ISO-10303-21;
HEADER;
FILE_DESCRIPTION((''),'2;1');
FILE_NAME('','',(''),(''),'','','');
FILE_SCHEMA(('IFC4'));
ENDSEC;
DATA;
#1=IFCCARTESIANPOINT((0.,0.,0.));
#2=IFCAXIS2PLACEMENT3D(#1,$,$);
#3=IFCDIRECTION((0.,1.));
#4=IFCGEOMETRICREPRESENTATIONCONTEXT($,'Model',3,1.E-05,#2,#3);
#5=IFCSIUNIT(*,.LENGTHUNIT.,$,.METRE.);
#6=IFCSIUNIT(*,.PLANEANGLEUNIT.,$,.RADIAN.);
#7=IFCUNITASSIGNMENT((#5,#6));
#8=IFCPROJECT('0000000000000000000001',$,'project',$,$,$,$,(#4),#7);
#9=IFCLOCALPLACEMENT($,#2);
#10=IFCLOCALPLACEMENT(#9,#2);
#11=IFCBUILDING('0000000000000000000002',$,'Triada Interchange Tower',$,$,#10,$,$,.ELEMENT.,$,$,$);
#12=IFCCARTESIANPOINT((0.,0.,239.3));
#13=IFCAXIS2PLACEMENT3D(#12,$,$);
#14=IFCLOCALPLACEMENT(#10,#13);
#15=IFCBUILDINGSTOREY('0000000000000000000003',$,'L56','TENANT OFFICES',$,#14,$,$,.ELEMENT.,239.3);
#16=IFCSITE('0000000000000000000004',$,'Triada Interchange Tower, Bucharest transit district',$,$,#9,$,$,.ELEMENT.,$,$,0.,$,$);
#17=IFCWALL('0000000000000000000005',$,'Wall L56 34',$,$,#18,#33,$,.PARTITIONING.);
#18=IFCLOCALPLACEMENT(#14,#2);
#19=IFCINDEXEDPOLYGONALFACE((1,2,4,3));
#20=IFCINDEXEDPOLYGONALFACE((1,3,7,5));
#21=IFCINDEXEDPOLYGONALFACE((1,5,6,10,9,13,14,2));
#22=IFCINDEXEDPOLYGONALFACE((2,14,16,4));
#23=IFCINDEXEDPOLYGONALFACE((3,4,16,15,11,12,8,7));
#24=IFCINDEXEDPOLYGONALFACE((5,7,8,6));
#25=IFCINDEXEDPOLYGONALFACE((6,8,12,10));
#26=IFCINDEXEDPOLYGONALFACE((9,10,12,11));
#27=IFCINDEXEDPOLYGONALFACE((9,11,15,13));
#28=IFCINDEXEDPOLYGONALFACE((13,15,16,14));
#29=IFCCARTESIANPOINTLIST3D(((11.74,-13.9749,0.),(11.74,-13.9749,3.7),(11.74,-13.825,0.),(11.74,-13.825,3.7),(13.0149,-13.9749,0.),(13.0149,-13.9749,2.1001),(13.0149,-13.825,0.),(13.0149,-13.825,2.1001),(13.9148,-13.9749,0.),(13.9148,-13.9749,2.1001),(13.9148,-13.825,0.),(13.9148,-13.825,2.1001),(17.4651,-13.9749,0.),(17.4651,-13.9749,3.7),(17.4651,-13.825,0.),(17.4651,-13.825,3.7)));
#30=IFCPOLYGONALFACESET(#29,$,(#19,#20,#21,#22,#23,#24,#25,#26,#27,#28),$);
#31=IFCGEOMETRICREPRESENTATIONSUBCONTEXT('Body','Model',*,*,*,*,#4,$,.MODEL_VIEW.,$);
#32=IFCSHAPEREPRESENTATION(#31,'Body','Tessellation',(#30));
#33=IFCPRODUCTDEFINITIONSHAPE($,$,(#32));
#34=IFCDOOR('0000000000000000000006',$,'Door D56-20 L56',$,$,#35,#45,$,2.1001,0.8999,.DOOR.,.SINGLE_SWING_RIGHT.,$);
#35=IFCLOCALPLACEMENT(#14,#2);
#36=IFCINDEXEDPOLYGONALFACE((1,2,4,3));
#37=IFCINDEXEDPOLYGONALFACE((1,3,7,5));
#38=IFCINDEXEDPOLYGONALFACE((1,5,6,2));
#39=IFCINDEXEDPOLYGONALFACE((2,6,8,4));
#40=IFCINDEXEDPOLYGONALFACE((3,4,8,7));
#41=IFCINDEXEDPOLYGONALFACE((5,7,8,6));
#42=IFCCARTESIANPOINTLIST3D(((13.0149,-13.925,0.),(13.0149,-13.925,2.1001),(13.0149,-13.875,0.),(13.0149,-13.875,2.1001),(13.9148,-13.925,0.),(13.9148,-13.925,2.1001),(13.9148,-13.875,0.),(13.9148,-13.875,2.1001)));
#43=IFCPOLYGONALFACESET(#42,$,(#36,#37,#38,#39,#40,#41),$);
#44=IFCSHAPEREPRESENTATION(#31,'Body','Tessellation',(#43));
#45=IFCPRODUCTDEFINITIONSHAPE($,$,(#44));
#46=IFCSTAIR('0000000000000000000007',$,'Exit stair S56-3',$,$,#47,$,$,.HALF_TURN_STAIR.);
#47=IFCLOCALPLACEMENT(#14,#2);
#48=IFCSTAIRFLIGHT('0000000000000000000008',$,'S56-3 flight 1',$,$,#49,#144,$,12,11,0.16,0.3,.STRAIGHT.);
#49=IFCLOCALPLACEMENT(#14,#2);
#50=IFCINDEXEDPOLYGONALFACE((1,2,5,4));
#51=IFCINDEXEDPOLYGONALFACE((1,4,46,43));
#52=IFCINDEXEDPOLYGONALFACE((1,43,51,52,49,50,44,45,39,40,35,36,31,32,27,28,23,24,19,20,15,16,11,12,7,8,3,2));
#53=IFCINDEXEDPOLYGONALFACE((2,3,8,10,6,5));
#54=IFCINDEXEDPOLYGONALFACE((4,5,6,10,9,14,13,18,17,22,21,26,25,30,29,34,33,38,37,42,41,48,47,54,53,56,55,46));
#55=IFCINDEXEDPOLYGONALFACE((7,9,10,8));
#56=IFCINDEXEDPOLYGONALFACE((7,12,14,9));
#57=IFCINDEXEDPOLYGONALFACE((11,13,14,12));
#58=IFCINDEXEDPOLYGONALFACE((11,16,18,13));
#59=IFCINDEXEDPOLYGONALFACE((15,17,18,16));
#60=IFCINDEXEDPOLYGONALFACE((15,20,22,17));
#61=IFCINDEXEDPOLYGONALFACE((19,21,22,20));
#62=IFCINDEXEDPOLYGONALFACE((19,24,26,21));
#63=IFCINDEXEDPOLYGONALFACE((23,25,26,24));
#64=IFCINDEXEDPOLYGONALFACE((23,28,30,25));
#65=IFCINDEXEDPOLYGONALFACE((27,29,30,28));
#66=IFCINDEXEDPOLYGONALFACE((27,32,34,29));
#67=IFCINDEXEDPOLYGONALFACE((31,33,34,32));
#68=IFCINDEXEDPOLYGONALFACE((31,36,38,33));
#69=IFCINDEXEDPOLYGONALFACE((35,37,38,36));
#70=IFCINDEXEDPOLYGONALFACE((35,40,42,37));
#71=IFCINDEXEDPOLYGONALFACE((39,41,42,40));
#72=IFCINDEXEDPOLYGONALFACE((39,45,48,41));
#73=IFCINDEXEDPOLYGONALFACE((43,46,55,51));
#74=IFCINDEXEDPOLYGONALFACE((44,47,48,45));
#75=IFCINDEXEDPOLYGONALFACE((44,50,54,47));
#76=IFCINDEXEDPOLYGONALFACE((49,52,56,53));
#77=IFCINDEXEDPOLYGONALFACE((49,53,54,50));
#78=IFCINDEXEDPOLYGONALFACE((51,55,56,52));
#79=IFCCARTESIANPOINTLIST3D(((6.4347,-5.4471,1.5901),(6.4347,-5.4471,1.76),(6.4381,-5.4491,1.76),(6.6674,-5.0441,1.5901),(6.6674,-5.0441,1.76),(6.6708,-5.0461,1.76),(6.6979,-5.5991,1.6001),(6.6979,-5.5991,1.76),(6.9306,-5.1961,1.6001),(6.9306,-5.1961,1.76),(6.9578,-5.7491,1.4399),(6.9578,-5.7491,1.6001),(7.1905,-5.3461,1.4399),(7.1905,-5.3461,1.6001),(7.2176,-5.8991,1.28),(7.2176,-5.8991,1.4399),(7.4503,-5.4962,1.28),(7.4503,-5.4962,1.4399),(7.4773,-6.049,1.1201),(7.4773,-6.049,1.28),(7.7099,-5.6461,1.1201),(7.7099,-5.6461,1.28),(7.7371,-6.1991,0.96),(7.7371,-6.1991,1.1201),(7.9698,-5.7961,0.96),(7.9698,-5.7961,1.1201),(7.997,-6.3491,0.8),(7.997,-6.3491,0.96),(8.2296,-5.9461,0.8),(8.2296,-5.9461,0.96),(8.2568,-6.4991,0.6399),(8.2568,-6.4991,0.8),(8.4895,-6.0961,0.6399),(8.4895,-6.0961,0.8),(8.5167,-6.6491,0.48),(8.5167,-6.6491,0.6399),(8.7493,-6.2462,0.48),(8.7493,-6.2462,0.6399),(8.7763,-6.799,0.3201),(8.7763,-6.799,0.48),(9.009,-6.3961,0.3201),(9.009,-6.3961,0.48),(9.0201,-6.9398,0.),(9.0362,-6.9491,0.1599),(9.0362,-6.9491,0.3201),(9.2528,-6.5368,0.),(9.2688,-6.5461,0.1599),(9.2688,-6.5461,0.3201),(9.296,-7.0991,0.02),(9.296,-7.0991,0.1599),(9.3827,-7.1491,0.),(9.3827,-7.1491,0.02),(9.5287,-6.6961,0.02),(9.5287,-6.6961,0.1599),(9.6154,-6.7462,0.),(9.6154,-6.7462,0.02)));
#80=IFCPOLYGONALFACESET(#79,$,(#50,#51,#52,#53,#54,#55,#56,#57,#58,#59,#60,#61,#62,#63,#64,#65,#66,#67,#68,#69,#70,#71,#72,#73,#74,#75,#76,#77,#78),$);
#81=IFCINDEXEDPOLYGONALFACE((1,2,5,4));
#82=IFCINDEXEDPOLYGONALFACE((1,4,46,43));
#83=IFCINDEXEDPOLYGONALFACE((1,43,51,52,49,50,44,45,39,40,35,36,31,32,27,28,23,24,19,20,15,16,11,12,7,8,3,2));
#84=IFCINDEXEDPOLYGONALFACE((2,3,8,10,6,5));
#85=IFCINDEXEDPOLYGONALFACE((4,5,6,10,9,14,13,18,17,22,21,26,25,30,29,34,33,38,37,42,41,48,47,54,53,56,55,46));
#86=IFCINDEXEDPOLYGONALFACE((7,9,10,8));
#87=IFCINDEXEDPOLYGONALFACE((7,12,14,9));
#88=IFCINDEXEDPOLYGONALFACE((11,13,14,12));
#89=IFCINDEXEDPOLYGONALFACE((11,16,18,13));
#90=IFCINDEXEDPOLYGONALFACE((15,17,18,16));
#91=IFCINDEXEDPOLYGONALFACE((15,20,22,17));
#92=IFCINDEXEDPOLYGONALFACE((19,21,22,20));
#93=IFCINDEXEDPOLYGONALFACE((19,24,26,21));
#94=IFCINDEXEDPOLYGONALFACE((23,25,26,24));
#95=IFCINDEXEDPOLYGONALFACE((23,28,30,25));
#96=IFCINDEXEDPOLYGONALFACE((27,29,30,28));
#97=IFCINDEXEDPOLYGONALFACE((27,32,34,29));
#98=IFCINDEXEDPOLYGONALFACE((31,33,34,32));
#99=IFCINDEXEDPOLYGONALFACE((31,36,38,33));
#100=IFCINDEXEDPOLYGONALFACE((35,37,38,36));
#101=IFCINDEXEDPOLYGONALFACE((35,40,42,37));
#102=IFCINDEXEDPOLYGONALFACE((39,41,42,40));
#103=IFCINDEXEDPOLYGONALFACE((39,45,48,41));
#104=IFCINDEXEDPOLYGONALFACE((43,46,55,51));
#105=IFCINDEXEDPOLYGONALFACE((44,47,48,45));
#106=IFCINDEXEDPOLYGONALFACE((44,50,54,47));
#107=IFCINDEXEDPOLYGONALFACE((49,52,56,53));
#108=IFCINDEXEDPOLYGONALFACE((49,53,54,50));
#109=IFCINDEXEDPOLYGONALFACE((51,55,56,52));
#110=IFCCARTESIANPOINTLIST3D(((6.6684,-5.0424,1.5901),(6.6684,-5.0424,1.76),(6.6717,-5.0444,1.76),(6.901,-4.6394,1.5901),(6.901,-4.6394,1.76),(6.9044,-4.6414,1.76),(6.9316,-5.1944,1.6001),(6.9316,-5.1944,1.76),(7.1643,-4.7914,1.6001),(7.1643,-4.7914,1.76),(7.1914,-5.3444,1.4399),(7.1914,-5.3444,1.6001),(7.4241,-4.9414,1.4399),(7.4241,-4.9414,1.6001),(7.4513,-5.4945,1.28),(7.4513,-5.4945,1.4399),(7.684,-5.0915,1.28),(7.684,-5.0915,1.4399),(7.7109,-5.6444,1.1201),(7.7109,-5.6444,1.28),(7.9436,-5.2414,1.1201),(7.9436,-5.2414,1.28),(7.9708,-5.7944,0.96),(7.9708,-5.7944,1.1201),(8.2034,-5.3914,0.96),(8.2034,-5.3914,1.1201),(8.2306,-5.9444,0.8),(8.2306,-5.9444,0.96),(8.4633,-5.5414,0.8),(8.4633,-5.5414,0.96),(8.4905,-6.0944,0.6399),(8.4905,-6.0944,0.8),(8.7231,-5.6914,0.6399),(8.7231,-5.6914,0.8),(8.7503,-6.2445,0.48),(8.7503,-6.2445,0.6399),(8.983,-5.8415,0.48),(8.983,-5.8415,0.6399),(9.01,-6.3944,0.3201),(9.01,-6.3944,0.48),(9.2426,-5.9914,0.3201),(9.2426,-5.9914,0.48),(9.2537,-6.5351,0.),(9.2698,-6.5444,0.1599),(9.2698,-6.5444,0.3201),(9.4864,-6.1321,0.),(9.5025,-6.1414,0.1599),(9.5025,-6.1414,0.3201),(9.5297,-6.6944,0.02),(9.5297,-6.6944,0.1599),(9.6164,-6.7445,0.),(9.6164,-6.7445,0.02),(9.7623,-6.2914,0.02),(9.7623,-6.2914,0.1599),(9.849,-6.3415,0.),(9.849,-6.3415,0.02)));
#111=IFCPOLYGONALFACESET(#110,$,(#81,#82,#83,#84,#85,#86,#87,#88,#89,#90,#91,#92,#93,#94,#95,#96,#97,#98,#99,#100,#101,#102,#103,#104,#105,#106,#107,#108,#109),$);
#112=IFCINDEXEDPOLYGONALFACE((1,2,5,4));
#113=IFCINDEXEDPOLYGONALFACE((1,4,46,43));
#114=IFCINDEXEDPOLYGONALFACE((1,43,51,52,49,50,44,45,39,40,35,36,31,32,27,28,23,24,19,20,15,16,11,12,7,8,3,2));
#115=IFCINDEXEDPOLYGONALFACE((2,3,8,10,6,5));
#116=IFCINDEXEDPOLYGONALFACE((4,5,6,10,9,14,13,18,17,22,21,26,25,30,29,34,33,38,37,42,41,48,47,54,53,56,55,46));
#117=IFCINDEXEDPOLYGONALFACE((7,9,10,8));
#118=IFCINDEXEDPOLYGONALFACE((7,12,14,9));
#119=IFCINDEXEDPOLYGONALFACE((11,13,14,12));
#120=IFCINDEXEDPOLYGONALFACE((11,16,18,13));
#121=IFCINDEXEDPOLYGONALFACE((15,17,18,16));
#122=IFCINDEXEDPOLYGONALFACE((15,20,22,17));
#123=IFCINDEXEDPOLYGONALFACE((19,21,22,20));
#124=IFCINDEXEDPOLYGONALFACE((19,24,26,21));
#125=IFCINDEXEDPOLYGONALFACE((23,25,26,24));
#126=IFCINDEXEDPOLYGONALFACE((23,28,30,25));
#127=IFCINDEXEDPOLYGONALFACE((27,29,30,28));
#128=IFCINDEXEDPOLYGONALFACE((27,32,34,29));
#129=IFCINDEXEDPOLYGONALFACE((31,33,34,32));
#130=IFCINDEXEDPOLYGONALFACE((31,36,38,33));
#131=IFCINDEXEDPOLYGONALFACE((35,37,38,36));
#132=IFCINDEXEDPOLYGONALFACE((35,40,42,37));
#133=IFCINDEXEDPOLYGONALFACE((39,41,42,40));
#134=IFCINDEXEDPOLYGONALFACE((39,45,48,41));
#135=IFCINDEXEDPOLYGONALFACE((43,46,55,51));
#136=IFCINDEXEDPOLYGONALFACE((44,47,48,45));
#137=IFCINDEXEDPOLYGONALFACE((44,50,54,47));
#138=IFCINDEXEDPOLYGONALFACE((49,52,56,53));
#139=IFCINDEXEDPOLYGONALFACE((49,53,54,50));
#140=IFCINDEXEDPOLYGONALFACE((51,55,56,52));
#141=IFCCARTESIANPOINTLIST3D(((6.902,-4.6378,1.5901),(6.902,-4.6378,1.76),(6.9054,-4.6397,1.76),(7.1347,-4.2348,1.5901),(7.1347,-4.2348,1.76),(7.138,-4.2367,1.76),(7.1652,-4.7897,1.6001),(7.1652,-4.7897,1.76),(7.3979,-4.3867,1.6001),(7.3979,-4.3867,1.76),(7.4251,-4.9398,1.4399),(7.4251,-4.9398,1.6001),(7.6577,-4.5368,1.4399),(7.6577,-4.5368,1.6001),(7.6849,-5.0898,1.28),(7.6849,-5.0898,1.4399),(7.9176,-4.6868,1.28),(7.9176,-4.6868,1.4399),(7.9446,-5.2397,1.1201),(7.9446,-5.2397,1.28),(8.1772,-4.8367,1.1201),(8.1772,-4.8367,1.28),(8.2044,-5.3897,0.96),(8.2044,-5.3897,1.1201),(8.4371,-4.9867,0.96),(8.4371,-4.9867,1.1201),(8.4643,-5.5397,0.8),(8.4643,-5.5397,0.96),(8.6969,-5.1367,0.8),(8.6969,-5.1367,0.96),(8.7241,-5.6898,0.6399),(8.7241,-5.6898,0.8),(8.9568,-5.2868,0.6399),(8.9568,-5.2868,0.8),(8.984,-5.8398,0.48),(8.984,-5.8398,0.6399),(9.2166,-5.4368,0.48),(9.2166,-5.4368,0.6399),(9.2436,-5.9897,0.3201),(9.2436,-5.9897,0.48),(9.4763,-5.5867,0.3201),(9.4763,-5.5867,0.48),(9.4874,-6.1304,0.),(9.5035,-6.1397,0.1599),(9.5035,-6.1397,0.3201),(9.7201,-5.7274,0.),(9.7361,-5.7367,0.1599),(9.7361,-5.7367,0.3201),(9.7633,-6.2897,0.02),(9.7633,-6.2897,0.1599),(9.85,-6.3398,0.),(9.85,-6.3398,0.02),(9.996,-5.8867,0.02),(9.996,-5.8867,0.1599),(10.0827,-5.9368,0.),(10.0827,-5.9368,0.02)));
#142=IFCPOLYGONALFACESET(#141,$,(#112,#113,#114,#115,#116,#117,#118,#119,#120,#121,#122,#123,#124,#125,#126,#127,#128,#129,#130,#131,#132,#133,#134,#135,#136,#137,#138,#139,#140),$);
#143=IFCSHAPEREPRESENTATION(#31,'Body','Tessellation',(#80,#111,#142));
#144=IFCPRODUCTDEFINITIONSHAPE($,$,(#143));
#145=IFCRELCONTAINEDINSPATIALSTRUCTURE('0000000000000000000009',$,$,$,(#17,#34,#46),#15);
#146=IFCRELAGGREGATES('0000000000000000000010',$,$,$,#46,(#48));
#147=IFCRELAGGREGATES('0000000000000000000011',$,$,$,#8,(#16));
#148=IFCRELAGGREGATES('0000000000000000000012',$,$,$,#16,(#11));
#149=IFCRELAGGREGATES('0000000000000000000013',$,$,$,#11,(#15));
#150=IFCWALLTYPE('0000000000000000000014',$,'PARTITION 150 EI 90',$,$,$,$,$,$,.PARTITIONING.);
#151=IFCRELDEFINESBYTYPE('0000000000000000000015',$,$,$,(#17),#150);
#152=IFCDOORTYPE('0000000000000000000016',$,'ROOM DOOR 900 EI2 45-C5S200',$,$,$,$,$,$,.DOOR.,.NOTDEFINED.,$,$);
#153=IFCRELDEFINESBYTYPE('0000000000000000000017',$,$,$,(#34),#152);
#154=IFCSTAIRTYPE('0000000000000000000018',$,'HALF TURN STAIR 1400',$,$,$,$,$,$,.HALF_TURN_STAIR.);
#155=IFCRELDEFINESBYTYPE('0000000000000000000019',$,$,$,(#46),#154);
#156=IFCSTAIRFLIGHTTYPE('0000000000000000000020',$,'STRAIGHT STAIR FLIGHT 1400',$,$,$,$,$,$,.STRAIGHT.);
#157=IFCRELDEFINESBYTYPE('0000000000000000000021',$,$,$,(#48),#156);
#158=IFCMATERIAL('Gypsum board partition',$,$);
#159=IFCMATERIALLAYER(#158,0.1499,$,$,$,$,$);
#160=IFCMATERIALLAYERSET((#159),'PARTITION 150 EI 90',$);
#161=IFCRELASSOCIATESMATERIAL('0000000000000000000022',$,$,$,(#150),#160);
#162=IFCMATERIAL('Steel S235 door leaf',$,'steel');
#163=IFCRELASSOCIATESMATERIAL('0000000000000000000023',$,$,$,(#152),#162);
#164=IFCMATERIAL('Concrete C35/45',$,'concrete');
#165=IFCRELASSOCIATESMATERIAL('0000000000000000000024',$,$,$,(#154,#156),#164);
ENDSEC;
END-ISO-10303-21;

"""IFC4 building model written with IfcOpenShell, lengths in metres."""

from ifc_helpers import new_model, si_unit, direction, frame, frame_2d, origin, place, context, subcontext, project, spatial, polyline, rectangle, outline, extrude, material, layer, layer_set, type_object, element, fill, aggregate, save


model = new_model("IFC4")

# Units and contexts
model_context = context("Model", 3, precision=1e-05, world=origin(), true_north=direction((0.0, 1.0)))
body_context = subcontext(model_context, "Body", "Model", "MODEL_VIEW")
ifc_project = project(units=[si_unit("LENGTHUNIT", "METRE"), si_unit("PLANEANGLEUNIT", "RADIAN")], contexts=[model_context])

# Site, building, storey
site_placement = place(None, origin())
site = spatial("IfcSite", under=ifc_project, at=site_placement, Name="Triada Interchange Tower, Bucharest transit district", CompositionType="ELEMENT", RefElevation=0.0)
building_placement = place(site_placement, origin())
building = spatial("IfcBuilding", under=site, at=building_placement, Name="Triada Interchange Tower", CompositionType="ELEMENT")
storey_placement = place(building_placement, frame((0.0, 0.0, 239.3)))
storey = spatial("IfcBuildingStorey", under=building, at=storey_placement, Name="L56", Description="TENANT OFFICES", CompositionType="ELEMENT", Elevation=239.3)

# Shared definitions
ifc_material_1 = material(Name="Steel S235 door leaf", Category="steel")

# Shared definitions
ifc_material_2 = material(Name="Gypsum board partition")

# Wall, opening, door
ifc_layer_1 = layer(ifc_material_2, 0.1499)
ifc_layer_set_1 = layer_set([ifc_layer_1], Name="PARTITION 150 EI 90")
wall_type_1 = type_object("IfcWallType", Name="PARTITION 150 EI 90", PredefinedType="PARTITIONING", material=ifc_layer_set_1)
wall_1_placement = place(storey_placement, frame((11.74, -13.8999, 0.0), z_axis=(0.0, 0.0, 1.0), x_axis=(1.0, 0.0, 0.0)))
wall_1 = element("IfcWall", 1, at=wall_1_placement, inside=storey, type_object=wall_type_1, Name="Wall L56 34", PredefinedType="PARTITIONING", context=body_context, shape_type="SweptSolid", body=[
    extrude(rectangle(XDim=5.7251, YDim=0.1499, at=frame_2d((2.8625, 0.0))), origin(), (0.0, 0.0, 1.0), 3.7),
])
opening_1_placement = place(wall_1_placement, frame((1.2749, 0.0, 0.0)))
opening_1 = element("IfcOpeningElement", 2, at=opening_1_placement, cuts=wall_1, PredefinedType="OPENING", context=body_context, shape_type="SweptSolid", body=[
    extrude(rectangle(XDim=0.8999, YDim=2.1001, at=frame_2d((0.45, 1.05))), frame((0.0, 0.085, 0.0), z_axis=(0.0, -1.0, 0.0), x_axis=(1.0, 0.0, 0.0)), (0.0, 0.0, 1.0), 0.1699),
])
door_type_1 = type_object("IfcDoorType", Name="ROOM DOOR 900 EI2 45-C5S200", OperationType="NOTDEFINED", PredefinedType="DOOR", material=ifc_material_1)
door_1_placement = place(opening_1_placement, origin())
door_1 = element("IfcDoor", 3, at=door_1_placement, inside=storey, type_object=door_type_1, Name="Door D56-20 L56", OperationType="SINGLE_SWING_RIGHT", OverallHeight=2.1001, OverallWidth=0.8999, PredefinedType="DOOR", context=body_context, shape_type="SweptSolid", body=[
    extrude(rectangle(XDim=0.8999, YDim=2.1001, at=frame_2d((0.45, 1.05))), frame((0.0, 0.0249, 0.0), z_axis=(0.0, -1.0, 0.0), x_axis=(1.0, 0.0, 0.0)), (0.0, 0.0, 1.0), 0.05),
])
fill(opening_1, door_1)

# Stair, stair flight
ifc_material_3 = material(Name="Concrete C35/45", Category="concrete")
stair_type = type_object("IfcStairType", Name="HALF TURN STAIR 1400", PredefinedType="HALF_TURN_STAIR", material=ifc_material_3)
stair_placement = place(storey_placement, origin())
stair = element("IfcStair", 4, at=stair_placement, inside=storey, type_object=stair_type, Name="Exit stair S56-3", PredefinedType="HALF_TURN_STAIR")
stair_flight_type = type_object("IfcStairFlightType", Name="STRAIGHT STAIR FLIGHT 1400", PredefinedType="STRAIGHT", material=ifc_material_3)
stair_flight_1_placement = place(storey_placement, frame((9.646, -6.4929, 0.0), z_axis=(0.0, 0.0, 1.0), x_axis=(-0.866025, 0.5, 0.0)))
stair_flight_1 = element("IfcStairFlight", 5, at=stair_flight_1_placement, type_object=stair_flight_type, Name="S56-3 flight 1", NumberOfRisers=12, NumberOfTreads=11, PredefinedType="STRAIGHT", RiserHeight=0.16, TreadLength=0.3, context=body_context, shape_type="SweptSolid", body=[
    extrude(outline(polyline([(-0.1001, 0.0), (-0.1001, 0.02), (0.0, 0.02), (0.0, 0.1599), (0.3, 0.1599), (0.3, 0.3201), (0.6001, 0.3201), (0.6001, 0.48), (0.8999, 0.48), (0.8999, 0.6399), (1.2, 0.6399), (1.2, 0.8), (1.5, 0.8), (1.5, 0.96), (1.8, 0.96), (1.8, 1.1201), (2.1001, 1.1201), (2.1001, 1.28), (2.3999, 1.28), (2.3999, 1.4399), (2.7, 1.4399), (2.7, 1.6001), (3.0, 1.6001), (3.0, 1.76), (3.3, 1.76), (3.304, 1.76), (3.304, 1.9199), (3.304, 1.5901), (0.3186, 0.0), (-0.1001, 0.0)])), frame((0.0, 0.7, 0.0), z_axis=(0.0, -1.0, 0.0), x_axis=(1.0, 0.0, 0.0)), (0.0, 0.0, 1.0), 0.4653),
    extrude(outline(polyline([(-0.1001, 0.0), (-0.1001, 0.02), (0.0, 0.02), (0.0, 0.1599), (0.3, 0.1599), (0.3, 0.3201), (0.6001, 0.3201), (0.6001, 0.48), (0.8999, 0.48), (0.8999, 0.6399), (1.2, 0.6399), (1.2, 0.8), (1.5, 0.8), (1.5, 0.96), (1.8, 0.96), (1.8, 1.1201), (2.1001, 1.1201), (2.1001, 1.28), (2.3999, 1.28), (2.3999, 1.4399), (2.7, 1.4399), (2.7, 1.6001), (3.0, 1.6001), (3.0, 1.76), (3.3, 1.76), (3.304, 1.76), (3.304, 1.9199), (3.304, 1.5901), (0.3186, 0.0), (-0.1001, 0.0)])), frame((0.0, 0.2327, 0.0), z_axis=(0.0, -1.0, 0.0), x_axis=(1.0, 0.0, 0.0)), (0.0, 0.0, 1.0), 0.4653),
    extrude(outline(polyline([(-0.1001, 0.0), (-0.1001, 0.02), (0.0, 0.02), (0.0, 0.1599), (0.3, 0.1599), (0.3, 0.3201), (0.6001, 0.3201), (0.6001, 0.48), (0.8999, 0.48), (0.8999, 0.6399), (1.2, 0.6399), (1.2, 0.8), (1.5, 0.8), (1.5, 0.96), (1.8, 0.96), (1.8, 1.1201), (2.1001, 1.1201), (2.1001, 1.28), (2.3999, 1.28), (2.3999, 1.4399), (2.7, 1.4399), (2.7, 1.6001), (3.0, 1.6001), (3.0, 1.76), (3.3, 1.76), (3.304, 1.76), (3.304, 1.9199), (3.304, 1.5901), (0.3186, 0.0), (-0.1001, 0.0)])), frame((0.0, -0.2346, 0.0), z_axis=(0.0, -1.0, 0.0), x_axis=(1.0, 0.0, 0.0)), (0.0, 0.0, 1.0), 0.4653),
])
aggregate(stair, [stair_flight_1])

save(model, "model.ifc")
